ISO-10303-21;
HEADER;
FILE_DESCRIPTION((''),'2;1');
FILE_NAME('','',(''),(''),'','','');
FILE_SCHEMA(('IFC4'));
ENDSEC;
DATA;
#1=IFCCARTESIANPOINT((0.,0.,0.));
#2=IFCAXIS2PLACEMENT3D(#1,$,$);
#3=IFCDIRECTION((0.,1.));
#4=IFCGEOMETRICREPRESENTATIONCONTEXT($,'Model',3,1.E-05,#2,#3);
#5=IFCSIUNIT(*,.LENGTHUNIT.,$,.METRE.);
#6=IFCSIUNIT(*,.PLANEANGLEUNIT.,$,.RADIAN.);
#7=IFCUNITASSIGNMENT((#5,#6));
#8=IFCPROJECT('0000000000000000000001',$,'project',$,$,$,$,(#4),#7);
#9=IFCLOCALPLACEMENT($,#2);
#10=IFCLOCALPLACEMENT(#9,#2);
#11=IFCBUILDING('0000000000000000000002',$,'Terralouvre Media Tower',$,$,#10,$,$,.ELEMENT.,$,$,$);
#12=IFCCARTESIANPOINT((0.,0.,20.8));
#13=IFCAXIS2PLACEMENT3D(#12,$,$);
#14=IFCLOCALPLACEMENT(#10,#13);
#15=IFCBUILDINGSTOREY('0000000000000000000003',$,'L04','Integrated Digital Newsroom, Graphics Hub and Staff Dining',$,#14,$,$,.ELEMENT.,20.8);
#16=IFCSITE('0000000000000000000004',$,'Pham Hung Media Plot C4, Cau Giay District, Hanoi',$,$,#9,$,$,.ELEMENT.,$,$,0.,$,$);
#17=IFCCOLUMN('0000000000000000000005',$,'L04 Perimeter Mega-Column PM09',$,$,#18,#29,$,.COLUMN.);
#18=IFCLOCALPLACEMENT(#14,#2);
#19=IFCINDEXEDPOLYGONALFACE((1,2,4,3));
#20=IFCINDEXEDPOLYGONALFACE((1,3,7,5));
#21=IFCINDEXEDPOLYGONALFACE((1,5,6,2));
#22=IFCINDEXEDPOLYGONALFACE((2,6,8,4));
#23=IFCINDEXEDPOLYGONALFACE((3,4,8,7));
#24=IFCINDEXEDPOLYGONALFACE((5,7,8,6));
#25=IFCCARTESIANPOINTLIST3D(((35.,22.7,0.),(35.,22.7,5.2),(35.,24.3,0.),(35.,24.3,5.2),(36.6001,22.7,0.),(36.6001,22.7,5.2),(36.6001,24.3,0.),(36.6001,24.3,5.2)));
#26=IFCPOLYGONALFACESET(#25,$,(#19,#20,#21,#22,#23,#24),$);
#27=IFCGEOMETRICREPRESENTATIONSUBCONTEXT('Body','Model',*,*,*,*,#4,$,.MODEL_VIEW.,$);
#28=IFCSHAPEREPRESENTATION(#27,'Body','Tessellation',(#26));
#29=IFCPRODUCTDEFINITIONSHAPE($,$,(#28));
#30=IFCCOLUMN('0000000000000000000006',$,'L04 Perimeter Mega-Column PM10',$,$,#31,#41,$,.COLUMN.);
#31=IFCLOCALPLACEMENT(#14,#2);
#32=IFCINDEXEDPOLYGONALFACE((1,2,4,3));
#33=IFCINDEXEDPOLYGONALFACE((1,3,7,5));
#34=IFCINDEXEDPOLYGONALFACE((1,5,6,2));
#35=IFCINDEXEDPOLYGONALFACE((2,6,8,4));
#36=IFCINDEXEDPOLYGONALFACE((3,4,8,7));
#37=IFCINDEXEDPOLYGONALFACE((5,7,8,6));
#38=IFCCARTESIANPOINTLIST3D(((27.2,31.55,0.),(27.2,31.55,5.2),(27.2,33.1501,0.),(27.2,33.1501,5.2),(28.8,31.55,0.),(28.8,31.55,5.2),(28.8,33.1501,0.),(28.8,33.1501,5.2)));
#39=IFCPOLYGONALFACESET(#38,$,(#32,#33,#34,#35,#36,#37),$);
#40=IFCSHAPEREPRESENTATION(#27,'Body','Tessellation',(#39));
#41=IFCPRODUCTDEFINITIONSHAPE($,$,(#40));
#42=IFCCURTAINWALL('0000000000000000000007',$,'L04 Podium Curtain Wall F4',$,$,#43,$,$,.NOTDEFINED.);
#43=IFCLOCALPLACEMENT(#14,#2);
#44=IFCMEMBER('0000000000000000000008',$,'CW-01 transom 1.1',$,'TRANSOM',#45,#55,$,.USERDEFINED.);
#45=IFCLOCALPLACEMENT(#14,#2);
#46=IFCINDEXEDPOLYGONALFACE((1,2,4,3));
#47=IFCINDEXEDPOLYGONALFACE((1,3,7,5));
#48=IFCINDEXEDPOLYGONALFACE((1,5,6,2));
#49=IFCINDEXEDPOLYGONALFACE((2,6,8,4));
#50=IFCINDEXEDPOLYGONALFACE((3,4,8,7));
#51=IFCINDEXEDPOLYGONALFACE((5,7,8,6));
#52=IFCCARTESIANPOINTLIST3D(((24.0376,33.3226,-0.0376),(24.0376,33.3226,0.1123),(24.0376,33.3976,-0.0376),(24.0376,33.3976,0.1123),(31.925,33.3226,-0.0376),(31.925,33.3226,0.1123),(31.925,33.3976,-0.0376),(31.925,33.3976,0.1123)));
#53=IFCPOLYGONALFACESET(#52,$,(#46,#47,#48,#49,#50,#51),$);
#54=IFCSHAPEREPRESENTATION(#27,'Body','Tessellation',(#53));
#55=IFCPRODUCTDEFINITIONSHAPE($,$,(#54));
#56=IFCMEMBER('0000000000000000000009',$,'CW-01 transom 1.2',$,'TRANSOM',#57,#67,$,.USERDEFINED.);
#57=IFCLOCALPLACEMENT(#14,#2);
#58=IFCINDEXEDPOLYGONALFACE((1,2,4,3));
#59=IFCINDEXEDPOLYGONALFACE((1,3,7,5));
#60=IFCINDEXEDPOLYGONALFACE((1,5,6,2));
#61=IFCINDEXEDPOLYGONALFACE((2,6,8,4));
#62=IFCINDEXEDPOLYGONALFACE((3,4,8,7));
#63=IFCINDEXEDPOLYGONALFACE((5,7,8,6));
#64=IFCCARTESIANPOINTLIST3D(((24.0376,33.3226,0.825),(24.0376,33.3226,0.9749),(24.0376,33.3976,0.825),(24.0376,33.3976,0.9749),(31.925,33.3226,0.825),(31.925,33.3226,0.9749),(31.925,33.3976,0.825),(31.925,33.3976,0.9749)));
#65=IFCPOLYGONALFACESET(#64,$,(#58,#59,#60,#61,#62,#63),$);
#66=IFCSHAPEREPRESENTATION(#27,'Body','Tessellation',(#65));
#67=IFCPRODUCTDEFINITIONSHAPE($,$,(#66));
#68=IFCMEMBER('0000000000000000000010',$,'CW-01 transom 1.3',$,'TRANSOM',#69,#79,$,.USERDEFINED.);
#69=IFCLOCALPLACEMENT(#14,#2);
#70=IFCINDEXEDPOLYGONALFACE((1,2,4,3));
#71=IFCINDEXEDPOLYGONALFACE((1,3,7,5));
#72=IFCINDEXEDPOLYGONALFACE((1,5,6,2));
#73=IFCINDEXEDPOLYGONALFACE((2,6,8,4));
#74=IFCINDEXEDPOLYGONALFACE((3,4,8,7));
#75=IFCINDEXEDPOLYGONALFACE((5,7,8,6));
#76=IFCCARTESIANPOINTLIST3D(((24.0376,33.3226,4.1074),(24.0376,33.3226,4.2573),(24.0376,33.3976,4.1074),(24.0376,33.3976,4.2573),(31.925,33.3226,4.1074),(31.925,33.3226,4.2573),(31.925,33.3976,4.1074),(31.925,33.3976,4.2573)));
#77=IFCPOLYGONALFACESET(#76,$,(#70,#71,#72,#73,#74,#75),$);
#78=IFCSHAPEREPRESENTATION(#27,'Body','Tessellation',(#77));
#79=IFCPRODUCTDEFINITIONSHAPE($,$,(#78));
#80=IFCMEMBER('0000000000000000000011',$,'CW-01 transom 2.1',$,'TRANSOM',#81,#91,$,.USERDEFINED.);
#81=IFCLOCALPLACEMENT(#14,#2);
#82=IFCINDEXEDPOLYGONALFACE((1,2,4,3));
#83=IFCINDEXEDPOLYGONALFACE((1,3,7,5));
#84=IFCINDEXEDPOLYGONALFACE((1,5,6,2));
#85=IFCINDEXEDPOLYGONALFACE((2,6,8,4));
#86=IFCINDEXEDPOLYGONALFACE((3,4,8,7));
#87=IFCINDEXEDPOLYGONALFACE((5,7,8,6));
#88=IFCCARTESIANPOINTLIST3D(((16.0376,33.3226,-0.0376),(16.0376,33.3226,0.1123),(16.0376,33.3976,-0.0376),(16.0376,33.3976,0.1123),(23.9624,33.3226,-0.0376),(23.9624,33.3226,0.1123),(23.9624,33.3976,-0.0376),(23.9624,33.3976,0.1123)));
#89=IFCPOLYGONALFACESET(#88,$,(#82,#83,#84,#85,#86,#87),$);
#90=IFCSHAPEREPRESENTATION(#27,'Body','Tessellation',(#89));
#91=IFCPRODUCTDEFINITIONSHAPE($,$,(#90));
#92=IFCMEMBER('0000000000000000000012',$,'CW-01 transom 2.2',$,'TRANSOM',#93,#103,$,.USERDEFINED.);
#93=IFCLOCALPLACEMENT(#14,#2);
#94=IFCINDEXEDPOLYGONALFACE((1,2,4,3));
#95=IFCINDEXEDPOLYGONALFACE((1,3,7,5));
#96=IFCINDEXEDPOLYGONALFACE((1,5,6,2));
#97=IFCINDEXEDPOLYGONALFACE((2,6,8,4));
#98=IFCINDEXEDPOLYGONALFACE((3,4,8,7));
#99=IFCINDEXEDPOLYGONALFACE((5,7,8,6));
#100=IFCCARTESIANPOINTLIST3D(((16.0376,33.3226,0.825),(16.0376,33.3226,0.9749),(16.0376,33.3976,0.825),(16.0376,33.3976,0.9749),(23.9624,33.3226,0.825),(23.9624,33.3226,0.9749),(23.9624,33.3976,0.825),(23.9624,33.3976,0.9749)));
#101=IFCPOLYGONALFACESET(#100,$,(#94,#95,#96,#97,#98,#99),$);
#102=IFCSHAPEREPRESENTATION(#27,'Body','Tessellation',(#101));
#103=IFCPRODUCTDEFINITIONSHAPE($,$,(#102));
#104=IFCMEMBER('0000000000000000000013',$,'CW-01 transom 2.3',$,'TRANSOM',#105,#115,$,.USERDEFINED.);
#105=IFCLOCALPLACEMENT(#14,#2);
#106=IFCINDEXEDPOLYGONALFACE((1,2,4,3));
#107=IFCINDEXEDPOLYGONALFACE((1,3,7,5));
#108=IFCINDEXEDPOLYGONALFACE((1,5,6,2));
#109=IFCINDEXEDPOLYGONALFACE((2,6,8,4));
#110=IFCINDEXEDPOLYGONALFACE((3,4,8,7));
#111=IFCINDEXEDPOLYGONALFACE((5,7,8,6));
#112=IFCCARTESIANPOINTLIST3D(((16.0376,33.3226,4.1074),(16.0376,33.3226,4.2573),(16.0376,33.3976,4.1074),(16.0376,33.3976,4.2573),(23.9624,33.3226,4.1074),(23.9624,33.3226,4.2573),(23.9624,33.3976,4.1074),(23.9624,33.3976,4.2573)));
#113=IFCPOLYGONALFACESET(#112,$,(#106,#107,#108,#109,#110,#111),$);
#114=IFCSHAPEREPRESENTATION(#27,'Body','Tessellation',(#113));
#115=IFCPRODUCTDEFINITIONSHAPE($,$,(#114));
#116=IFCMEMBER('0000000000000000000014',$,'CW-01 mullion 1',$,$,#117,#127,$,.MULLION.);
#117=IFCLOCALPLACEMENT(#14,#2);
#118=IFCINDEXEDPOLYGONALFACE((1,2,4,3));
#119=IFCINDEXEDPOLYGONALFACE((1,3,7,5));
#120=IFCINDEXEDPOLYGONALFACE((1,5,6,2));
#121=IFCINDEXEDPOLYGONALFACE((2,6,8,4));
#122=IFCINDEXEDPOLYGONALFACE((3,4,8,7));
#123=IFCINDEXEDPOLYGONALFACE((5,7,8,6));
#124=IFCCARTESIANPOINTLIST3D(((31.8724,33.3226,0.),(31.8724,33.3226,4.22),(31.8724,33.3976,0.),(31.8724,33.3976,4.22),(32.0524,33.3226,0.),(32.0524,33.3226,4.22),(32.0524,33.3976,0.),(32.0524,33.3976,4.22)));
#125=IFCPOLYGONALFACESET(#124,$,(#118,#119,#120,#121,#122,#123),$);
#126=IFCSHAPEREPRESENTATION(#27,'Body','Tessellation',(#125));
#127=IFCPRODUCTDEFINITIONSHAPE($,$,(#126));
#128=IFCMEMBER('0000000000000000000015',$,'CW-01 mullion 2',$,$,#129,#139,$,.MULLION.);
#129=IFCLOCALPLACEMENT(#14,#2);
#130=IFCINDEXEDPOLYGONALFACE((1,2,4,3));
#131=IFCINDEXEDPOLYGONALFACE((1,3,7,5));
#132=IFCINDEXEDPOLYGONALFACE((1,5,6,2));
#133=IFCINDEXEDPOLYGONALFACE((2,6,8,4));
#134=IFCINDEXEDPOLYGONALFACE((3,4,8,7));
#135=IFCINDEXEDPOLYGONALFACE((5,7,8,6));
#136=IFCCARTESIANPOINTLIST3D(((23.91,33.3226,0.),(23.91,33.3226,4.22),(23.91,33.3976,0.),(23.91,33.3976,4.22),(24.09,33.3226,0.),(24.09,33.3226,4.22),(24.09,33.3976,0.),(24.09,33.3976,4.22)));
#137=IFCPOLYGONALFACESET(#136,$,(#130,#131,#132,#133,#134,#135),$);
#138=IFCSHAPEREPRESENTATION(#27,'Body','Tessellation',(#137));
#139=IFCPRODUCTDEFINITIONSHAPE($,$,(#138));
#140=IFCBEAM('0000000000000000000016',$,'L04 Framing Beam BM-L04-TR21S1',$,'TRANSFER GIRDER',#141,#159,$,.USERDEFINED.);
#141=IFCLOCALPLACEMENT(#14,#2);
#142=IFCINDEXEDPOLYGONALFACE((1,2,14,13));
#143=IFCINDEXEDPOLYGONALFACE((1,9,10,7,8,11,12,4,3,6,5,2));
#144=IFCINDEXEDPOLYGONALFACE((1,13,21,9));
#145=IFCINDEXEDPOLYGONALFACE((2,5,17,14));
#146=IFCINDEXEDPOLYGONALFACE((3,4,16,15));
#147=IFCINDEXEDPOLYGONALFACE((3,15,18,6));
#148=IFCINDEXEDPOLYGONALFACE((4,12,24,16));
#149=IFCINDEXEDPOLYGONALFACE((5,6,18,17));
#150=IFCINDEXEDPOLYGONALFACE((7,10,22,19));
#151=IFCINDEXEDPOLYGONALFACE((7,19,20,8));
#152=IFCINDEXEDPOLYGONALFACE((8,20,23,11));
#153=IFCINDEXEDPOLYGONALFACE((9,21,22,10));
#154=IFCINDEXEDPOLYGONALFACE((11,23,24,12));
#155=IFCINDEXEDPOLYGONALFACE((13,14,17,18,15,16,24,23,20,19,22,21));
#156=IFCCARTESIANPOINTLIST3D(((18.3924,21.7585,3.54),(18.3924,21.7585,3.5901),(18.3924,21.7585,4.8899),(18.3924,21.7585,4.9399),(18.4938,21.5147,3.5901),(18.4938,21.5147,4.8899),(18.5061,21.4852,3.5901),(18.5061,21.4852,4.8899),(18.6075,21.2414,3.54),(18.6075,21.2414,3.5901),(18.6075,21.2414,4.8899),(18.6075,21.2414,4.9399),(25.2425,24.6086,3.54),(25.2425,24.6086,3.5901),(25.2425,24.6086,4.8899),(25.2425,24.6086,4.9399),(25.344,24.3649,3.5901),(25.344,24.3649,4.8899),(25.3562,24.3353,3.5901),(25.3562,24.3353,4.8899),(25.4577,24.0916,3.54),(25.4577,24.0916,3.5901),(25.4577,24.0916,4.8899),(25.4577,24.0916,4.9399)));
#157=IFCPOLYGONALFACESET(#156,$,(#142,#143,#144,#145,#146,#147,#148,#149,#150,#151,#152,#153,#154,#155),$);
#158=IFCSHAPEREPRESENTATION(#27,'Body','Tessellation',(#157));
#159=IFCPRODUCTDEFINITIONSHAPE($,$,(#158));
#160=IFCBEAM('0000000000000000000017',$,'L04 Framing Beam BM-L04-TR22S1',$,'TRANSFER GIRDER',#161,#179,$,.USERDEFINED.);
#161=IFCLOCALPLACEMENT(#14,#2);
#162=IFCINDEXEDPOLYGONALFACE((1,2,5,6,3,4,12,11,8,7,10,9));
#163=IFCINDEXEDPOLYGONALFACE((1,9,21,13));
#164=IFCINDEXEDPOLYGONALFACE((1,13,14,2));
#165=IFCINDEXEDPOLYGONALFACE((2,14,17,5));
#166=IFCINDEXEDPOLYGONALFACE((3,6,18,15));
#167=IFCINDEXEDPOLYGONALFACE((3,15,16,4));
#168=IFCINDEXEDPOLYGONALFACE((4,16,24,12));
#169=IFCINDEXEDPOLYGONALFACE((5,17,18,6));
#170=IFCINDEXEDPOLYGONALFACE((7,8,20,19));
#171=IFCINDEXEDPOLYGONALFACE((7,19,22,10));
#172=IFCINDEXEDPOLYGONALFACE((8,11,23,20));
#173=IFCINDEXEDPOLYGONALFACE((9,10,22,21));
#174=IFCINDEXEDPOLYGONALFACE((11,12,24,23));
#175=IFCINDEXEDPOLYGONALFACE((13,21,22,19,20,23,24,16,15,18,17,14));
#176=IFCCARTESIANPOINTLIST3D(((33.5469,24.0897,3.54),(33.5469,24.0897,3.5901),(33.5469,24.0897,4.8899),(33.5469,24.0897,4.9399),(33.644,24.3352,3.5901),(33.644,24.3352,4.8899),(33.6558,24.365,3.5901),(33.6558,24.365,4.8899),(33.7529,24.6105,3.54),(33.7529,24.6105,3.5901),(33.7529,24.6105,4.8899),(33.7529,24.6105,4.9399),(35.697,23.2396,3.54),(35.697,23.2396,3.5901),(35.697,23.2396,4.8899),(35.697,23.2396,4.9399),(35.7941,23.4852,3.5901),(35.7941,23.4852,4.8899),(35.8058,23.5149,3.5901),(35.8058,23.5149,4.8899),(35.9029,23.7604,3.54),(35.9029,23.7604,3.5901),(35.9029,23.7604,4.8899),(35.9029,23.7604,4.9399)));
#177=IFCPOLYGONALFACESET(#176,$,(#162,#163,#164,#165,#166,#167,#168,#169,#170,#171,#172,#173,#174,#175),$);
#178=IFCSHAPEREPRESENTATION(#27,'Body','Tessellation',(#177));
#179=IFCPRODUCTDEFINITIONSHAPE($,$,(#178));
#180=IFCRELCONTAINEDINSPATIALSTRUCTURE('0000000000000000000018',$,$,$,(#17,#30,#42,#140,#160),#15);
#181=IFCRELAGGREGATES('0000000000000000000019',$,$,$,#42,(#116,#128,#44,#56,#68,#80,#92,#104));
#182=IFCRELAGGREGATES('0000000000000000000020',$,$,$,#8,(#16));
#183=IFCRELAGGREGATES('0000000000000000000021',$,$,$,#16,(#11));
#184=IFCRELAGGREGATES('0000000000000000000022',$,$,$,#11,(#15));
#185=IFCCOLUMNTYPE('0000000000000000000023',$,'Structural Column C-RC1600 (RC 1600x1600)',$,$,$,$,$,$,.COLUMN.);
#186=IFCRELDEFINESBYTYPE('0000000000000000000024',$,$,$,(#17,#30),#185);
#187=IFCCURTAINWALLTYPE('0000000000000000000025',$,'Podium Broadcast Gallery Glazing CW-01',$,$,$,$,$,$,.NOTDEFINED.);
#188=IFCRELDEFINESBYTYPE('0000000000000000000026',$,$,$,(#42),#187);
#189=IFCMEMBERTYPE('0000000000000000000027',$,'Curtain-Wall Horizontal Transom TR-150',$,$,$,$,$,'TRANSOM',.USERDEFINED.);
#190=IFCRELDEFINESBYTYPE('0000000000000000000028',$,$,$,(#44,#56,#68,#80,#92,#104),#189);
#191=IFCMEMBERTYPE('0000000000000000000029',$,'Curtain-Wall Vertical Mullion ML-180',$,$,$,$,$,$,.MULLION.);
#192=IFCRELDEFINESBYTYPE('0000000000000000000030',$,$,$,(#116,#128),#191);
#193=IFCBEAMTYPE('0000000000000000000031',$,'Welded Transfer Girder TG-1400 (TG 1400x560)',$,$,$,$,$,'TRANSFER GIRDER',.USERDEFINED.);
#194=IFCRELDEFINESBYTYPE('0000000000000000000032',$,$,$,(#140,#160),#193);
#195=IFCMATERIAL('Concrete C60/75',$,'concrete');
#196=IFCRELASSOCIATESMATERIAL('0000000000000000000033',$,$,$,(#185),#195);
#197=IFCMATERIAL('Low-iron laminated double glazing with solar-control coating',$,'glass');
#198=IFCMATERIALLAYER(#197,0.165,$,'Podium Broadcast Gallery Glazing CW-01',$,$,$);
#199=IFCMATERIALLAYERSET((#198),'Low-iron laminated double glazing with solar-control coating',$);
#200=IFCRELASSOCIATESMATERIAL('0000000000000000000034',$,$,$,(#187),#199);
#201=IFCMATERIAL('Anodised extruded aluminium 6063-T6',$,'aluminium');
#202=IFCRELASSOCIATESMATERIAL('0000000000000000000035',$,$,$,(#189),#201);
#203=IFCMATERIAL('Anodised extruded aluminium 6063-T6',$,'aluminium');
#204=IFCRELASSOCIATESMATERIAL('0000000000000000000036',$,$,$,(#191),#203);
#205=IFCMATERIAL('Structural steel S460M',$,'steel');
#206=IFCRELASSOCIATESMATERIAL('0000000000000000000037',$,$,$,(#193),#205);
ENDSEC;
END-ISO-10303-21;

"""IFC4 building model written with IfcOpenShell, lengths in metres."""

from ifc_helpers import new_model, si_unit, direction, frame, origin, origin_2d, place, context, subcontext, project, spatial, rectangle, i_section, extrude, material, layer, layer_set, material_profile, profile_set, type_object, element, aggregate, save


model = new_model("IFC4")

# Units and contexts
model_context = context("Model", 3, precision=1e-05, world=origin(), true_north=direction((0.0, 1.0)))
body_context = subcontext(model_context, "Body", "Model", "MODEL_VIEW")
ifc_project = project(units=[si_unit("LENGTHUNIT", "METRE"), si_unit("PLANEANGLEUNIT", "RADIAN")], contexts=[model_context])

# Site, building, storey
site_placement = place(None, origin())
site = spatial("IfcSite", under=ifc_project, at=site_placement, Name="Pham Hung Media Plot C4, Cau Giay District, Hanoi", CompositionType="ELEMENT", RefElevation=0.0)
building_placement = place(site_placement, origin())
building = spatial("IfcBuilding", under=site, at=building_placement, Name="Terralouvre Media Tower", CompositionType="ELEMENT")
storey_placement = place(building_placement, frame((0.0, 0.0, 20.8)))
storey = spatial("IfcBuildingStorey", under=building, at=storey_placement, Name="L04", Description="Integrated Digital Newsroom, Graphics Hub and Staff Dining", CompositionType="ELEMENT", Elevation=20.8)

# Columns
ifc_material_1 = material(Name="Concrete C60/75", Category="concrete")
ifc_material_profile_1 = material_profile(ifc_material_1, rectangle(XDim=1.6001, YDim=1.6001, at=origin_2d()), Name="RC 1600x1600")
ifc_profile_set_1 = profile_set([ifc_material_profile_1], Name="Concrete C60/75")
column_type = type_object("IfcColumnType", Name="Structural Column C-RC1600 (RC 1600x1600)", PredefinedType="COLUMN", material=ifc_profile_set_1)
for number, where, z_axis, x_axis, name in (
    (1, (35.8, 23.5, 0.0), (0.0, 0.0, 1.0), (1.0, 0.0, 0.0), "L04 Perimeter Mega-Column PM09"),
    (2, (28.0, 32.3501, 0.0), (0.0, 0.0, 1.0), (1.0, 0.0, 0.0), "L04 Perimeter Mega-Column PM10"),
):
    element("IfcColumn", number, at=place(storey_placement, frame(where, z_axis=z_axis, x_axis=x_axis)), inside=storey, type_object=column_type, Name=name, PredefinedType="COLUMN", context=body_context, shape_type="SweptSolid", body=[
        extrude(rectangle(XDim=1.6001, YDim=1.6001, at=origin_2d()), origin(), (0.0, 0.0, 1.0), 5.2),
    ])

# Curtain wall, members
ifc_material_2 = material(Name="Low-iron laminated double glazing with solar-control coating", Category="glass")
ifc_layer_1 = layer(ifc_material_2, 0.165, Name="Podium Broadcast Gallery Glazing CW-01")
ifc_layer_set_1 = layer_set([ifc_layer_1], Name="Low-iron laminated double glazing with solar-control coating")
curtain_wall_type = type_object("IfcCurtainWallType", Name="Podium Broadcast Gallery Glazing CW-01", PredefinedType="NOTDEFINED", material=ifc_layer_set_1)
curtain_wall_placement = place(storey_placement, origin())
curtain_wall = element("IfcCurtainWall", 3, at=curtain_wall_placement, inside=storey, type_object=curtain_wall_type, Name="L04 Podium Curtain Wall F4", PredefinedType="NOTDEFINED")
ifc_material_3 = material(Name="Anodised extruded aluminium 6063-T6", Category="aluminium")
ifc_material_profile_2 = material_profile(ifc_material_3, rectangle(XDim=0.075, YDim=0.1499, at=origin_2d()), Name="ALU 75x150")
ifc_profile_set_2 = profile_set([ifc_material_profile_2], Name="Anodised extruded aluminium 6063-T6")
member_type_1 = type_object("IfcMemberType", Name="Curtain-Wall Horizontal Transom TR-150", ElementType="TRANSOM", PredefinedType="USERDEFINED", material=ifc_profile_set_2)
member_1_placement = place(storey_placement, frame((31.925, 33.3601, 0.0374), z_axis=(-1.0, 0.0, 0.0), x_axis=(0.0, -1.0, 0.0)))
member_1 = element("IfcMember", 4, at=member_1_placement, type_object=member_type_1, Name="CW-01 transom 1.1", ObjectType="TRANSOM", PredefinedType="USERDEFINED", context=body_context, shape_type="SweptSolid", body=[
    extrude(rectangle(XDim=0.075, YDim=0.1499, at=origin_2d()), origin(), (0.0, 0.0, 1.0), 7.8875),
])
member_2_placement = place(storey_placement, frame((31.925, 33.3601, 0.8999), z_axis=(-1.0, 0.0, 0.0), x_axis=(0.0, -1.0, 0.0)))
member_2 = element("IfcMember", 5, at=member_2_placement, type_object=member_type_1, Name="CW-01 transom 1.2", ObjectType="TRANSOM", PredefinedType="USERDEFINED", context=body_context, shape_type="SweptSolid", body=[
    extrude(rectangle(XDim=0.075, YDim=0.1499, at=origin_2d()), origin(), (0.0, 0.0, 1.0), 7.8875),
])
member_3_placement = place(storey_placement, frame((31.925, 33.3601, 4.1824), z_axis=(-1.0, 0.0, 0.0), x_axis=(0.0, -1.0, 0.0)))
member_3 = element("IfcMember", 6, at=member_3_placement, type_object=member_type_1, Name="CW-01 transom 1.3", ObjectType="TRANSOM", PredefinedType="USERDEFINED", context=body_context, shape_type="SweptSolid", body=[
    extrude(rectangle(XDim=0.075, YDim=0.1499, at=origin_2d()), origin(), (0.0, 0.0, 1.0), 7.8875),
])
member_4_placement = place(storey_placement, frame((23.9624, 33.3601, 0.0374), z_axis=(-1.0, 0.0, 0.0), x_axis=(0.0, -1.0, 0.0)))
member_4 = element("IfcMember", 7, at=member_4_placement, type_object=member_type_1, Name="CW-01 transom 2.1", ObjectType="TRANSOM", PredefinedType="USERDEFINED", context=body_context, shape_type="SweptSolid", body=[
    extrude(rectangle(XDim=0.075, YDim=0.1499, at=origin_2d()), origin(), (0.0, 0.0, 1.0), 7.9248),
])
member_5_placement = place(storey_placement, frame((23.9624, 33.3601, 0.8999), z_axis=(-1.0, 0.0, 0.0), x_axis=(0.0, -1.0, 0.0)))
member_5 = element("IfcMember", 8, at=member_5_placement, type_object=member_type_1, Name="CW-01 transom 2.2", ObjectType="TRANSOM", PredefinedType="USERDEFINED", context=body_context, shape_type="SweptSolid", body=[
    extrude(rectangle(XDim=0.075, YDim=0.1499, at=origin_2d()), origin(), (0.0, 0.0, 1.0), 7.9248),
])
member_6_placement = place(storey_placement, frame((23.9624, 33.3601, 4.1824), z_axis=(-1.0, 0.0, 0.0), x_axis=(0.0, -1.0, 0.0)))
member_6 = element("IfcMember", 9, at=member_6_placement, type_object=member_type_1, Name="CW-01 transom 2.3", ObjectType="TRANSOM", PredefinedType="USERDEFINED", context=body_context, shape_type="SweptSolid", body=[
    extrude(rectangle(XDim=0.075, YDim=0.1499, at=origin_2d()), origin(), (0.0, 0.0, 1.0), 7.9248),
])
ifc_material_4 = material(Name="Anodised extruded aluminium 6063-T6", Category="aluminium")
ifc_material_profile_3 = material_profile(ifc_material_4, rectangle(XDim=0.075, YDim=0.1799, at=origin_2d()), Name="ALU 75x180")
ifc_profile_set_3 = profile_set([ifc_material_profile_3], Name="Anodised extruded aluminium 6063-T6")
member_type_2 = type_object("IfcMemberType", Name="Curtain-Wall Vertical Mullion ML-180", PredefinedType="MULLION", material=ifc_profile_set_3)
member_7_placement = place(storey_placement, frame((31.9624, 33.3601, 0.0), z_axis=(0.0, 0.0, 1.0), x_axis=(0.0, -1.0, 0.0)))
member_7 = element("IfcMember", 10, at=member_7_placement, type_object=member_type_2, Name="CW-01 mullion 1", PredefinedType="MULLION", context=body_context, shape_type="SweptSolid", body=[
    extrude(rectangle(XDim=0.075, YDim=0.1799, at=origin_2d()), origin(), (0.0, 0.0, 1.0), 4.22),
])
member_8_placement = place(storey_placement, frame((24.0, 33.3601, 0.0), z_axis=(0.0, 0.0, 1.0), x_axis=(0.0, -1.0, 0.0)))
member_8 = element("IfcMember", 11, at=member_8_placement, type_object=member_type_2, Name="CW-01 mullion 2", PredefinedType="MULLION", context=body_context, shape_type="SweptSolid", body=[
    extrude(rectangle(XDim=0.075, YDim=0.1799, at=origin_2d()), origin(), (0.0, 0.0, 1.0), 4.22),
])

# Beams
ifc_material_5 = material(Name="Structural steel S460M", Category="steel")
ifc_material_profile_4 = material_profile(ifc_material_5, i_section(OverallWidth=0.5601, OverallDepth=1.3999, WebThickness=0.032, FlangeThickness=0.05, at=origin_2d()), Name="TG 1400x560")
ifc_profile_set_4 = profile_set([ifc_material_profile_4], Name="Structural steel S460M")
beam_type_1 = type_object("IfcBeamType", Name="Welded Transfer Girder TG-1400 (TG 1400x560)", ElementType="TRANSFER GIRDER", PredefinedType="USERDEFINED", material=ifc_profile_set_4)
beam_1_placement = place(storey_placement, frame((25.3501, 24.3501, 4.24), z_axis=(-0.923273, -0.384143, 0.0), x_axis=(0.384143, -0.923273, 0.0)))
element("IfcBeam", 12, at=beam_1_placement, inside=storey, type_object=beam_type_1, Name="L04 Framing Beam BM-L04-TR21S1", ObjectType="TRANSFER GIRDER", PredefinedType="USERDEFINED", context=body_context, shape_type="SweptSolid", body=[
    extrude(i_section(OverallWidth=0.5601, OverallDepth=1.3999, WebThickness=0.032, FlangeThickness=0.05, at=origin_2d()), origin(), (0.0, 0.0, 1.0), 7.4194),
])
beam_2_placement = place(storey_placement, frame((33.6499, 24.3501, 4.24), z_axis=(0.929955, -0.367674, 0.0), x_axis=(0.367674, 0.929955, 0.0)))
element("IfcBeam", 13, at=beam_2_placement, inside=storey, type_object=beam_type_1, Name="L04 Framing Beam BM-L04-TR22S1", ObjectType="TRANSFER GIRDER", PredefinedType="USERDEFINED", context=body_context, shape_type="SweptSolid", body=[
    extrude(i_section(OverallWidth=0.5601, OverallDepth=1.3999, WebThickness=0.032, FlangeThickness=0.05, at=origin_2d()), origin(), (0.0, 0.0, 1.0), 2.312),
])

aggregate(curtain_wall, [member_7, member_8, member_1, member_2, member_3, member_4, member_5, member_6])

save(model, "model.ifc")
